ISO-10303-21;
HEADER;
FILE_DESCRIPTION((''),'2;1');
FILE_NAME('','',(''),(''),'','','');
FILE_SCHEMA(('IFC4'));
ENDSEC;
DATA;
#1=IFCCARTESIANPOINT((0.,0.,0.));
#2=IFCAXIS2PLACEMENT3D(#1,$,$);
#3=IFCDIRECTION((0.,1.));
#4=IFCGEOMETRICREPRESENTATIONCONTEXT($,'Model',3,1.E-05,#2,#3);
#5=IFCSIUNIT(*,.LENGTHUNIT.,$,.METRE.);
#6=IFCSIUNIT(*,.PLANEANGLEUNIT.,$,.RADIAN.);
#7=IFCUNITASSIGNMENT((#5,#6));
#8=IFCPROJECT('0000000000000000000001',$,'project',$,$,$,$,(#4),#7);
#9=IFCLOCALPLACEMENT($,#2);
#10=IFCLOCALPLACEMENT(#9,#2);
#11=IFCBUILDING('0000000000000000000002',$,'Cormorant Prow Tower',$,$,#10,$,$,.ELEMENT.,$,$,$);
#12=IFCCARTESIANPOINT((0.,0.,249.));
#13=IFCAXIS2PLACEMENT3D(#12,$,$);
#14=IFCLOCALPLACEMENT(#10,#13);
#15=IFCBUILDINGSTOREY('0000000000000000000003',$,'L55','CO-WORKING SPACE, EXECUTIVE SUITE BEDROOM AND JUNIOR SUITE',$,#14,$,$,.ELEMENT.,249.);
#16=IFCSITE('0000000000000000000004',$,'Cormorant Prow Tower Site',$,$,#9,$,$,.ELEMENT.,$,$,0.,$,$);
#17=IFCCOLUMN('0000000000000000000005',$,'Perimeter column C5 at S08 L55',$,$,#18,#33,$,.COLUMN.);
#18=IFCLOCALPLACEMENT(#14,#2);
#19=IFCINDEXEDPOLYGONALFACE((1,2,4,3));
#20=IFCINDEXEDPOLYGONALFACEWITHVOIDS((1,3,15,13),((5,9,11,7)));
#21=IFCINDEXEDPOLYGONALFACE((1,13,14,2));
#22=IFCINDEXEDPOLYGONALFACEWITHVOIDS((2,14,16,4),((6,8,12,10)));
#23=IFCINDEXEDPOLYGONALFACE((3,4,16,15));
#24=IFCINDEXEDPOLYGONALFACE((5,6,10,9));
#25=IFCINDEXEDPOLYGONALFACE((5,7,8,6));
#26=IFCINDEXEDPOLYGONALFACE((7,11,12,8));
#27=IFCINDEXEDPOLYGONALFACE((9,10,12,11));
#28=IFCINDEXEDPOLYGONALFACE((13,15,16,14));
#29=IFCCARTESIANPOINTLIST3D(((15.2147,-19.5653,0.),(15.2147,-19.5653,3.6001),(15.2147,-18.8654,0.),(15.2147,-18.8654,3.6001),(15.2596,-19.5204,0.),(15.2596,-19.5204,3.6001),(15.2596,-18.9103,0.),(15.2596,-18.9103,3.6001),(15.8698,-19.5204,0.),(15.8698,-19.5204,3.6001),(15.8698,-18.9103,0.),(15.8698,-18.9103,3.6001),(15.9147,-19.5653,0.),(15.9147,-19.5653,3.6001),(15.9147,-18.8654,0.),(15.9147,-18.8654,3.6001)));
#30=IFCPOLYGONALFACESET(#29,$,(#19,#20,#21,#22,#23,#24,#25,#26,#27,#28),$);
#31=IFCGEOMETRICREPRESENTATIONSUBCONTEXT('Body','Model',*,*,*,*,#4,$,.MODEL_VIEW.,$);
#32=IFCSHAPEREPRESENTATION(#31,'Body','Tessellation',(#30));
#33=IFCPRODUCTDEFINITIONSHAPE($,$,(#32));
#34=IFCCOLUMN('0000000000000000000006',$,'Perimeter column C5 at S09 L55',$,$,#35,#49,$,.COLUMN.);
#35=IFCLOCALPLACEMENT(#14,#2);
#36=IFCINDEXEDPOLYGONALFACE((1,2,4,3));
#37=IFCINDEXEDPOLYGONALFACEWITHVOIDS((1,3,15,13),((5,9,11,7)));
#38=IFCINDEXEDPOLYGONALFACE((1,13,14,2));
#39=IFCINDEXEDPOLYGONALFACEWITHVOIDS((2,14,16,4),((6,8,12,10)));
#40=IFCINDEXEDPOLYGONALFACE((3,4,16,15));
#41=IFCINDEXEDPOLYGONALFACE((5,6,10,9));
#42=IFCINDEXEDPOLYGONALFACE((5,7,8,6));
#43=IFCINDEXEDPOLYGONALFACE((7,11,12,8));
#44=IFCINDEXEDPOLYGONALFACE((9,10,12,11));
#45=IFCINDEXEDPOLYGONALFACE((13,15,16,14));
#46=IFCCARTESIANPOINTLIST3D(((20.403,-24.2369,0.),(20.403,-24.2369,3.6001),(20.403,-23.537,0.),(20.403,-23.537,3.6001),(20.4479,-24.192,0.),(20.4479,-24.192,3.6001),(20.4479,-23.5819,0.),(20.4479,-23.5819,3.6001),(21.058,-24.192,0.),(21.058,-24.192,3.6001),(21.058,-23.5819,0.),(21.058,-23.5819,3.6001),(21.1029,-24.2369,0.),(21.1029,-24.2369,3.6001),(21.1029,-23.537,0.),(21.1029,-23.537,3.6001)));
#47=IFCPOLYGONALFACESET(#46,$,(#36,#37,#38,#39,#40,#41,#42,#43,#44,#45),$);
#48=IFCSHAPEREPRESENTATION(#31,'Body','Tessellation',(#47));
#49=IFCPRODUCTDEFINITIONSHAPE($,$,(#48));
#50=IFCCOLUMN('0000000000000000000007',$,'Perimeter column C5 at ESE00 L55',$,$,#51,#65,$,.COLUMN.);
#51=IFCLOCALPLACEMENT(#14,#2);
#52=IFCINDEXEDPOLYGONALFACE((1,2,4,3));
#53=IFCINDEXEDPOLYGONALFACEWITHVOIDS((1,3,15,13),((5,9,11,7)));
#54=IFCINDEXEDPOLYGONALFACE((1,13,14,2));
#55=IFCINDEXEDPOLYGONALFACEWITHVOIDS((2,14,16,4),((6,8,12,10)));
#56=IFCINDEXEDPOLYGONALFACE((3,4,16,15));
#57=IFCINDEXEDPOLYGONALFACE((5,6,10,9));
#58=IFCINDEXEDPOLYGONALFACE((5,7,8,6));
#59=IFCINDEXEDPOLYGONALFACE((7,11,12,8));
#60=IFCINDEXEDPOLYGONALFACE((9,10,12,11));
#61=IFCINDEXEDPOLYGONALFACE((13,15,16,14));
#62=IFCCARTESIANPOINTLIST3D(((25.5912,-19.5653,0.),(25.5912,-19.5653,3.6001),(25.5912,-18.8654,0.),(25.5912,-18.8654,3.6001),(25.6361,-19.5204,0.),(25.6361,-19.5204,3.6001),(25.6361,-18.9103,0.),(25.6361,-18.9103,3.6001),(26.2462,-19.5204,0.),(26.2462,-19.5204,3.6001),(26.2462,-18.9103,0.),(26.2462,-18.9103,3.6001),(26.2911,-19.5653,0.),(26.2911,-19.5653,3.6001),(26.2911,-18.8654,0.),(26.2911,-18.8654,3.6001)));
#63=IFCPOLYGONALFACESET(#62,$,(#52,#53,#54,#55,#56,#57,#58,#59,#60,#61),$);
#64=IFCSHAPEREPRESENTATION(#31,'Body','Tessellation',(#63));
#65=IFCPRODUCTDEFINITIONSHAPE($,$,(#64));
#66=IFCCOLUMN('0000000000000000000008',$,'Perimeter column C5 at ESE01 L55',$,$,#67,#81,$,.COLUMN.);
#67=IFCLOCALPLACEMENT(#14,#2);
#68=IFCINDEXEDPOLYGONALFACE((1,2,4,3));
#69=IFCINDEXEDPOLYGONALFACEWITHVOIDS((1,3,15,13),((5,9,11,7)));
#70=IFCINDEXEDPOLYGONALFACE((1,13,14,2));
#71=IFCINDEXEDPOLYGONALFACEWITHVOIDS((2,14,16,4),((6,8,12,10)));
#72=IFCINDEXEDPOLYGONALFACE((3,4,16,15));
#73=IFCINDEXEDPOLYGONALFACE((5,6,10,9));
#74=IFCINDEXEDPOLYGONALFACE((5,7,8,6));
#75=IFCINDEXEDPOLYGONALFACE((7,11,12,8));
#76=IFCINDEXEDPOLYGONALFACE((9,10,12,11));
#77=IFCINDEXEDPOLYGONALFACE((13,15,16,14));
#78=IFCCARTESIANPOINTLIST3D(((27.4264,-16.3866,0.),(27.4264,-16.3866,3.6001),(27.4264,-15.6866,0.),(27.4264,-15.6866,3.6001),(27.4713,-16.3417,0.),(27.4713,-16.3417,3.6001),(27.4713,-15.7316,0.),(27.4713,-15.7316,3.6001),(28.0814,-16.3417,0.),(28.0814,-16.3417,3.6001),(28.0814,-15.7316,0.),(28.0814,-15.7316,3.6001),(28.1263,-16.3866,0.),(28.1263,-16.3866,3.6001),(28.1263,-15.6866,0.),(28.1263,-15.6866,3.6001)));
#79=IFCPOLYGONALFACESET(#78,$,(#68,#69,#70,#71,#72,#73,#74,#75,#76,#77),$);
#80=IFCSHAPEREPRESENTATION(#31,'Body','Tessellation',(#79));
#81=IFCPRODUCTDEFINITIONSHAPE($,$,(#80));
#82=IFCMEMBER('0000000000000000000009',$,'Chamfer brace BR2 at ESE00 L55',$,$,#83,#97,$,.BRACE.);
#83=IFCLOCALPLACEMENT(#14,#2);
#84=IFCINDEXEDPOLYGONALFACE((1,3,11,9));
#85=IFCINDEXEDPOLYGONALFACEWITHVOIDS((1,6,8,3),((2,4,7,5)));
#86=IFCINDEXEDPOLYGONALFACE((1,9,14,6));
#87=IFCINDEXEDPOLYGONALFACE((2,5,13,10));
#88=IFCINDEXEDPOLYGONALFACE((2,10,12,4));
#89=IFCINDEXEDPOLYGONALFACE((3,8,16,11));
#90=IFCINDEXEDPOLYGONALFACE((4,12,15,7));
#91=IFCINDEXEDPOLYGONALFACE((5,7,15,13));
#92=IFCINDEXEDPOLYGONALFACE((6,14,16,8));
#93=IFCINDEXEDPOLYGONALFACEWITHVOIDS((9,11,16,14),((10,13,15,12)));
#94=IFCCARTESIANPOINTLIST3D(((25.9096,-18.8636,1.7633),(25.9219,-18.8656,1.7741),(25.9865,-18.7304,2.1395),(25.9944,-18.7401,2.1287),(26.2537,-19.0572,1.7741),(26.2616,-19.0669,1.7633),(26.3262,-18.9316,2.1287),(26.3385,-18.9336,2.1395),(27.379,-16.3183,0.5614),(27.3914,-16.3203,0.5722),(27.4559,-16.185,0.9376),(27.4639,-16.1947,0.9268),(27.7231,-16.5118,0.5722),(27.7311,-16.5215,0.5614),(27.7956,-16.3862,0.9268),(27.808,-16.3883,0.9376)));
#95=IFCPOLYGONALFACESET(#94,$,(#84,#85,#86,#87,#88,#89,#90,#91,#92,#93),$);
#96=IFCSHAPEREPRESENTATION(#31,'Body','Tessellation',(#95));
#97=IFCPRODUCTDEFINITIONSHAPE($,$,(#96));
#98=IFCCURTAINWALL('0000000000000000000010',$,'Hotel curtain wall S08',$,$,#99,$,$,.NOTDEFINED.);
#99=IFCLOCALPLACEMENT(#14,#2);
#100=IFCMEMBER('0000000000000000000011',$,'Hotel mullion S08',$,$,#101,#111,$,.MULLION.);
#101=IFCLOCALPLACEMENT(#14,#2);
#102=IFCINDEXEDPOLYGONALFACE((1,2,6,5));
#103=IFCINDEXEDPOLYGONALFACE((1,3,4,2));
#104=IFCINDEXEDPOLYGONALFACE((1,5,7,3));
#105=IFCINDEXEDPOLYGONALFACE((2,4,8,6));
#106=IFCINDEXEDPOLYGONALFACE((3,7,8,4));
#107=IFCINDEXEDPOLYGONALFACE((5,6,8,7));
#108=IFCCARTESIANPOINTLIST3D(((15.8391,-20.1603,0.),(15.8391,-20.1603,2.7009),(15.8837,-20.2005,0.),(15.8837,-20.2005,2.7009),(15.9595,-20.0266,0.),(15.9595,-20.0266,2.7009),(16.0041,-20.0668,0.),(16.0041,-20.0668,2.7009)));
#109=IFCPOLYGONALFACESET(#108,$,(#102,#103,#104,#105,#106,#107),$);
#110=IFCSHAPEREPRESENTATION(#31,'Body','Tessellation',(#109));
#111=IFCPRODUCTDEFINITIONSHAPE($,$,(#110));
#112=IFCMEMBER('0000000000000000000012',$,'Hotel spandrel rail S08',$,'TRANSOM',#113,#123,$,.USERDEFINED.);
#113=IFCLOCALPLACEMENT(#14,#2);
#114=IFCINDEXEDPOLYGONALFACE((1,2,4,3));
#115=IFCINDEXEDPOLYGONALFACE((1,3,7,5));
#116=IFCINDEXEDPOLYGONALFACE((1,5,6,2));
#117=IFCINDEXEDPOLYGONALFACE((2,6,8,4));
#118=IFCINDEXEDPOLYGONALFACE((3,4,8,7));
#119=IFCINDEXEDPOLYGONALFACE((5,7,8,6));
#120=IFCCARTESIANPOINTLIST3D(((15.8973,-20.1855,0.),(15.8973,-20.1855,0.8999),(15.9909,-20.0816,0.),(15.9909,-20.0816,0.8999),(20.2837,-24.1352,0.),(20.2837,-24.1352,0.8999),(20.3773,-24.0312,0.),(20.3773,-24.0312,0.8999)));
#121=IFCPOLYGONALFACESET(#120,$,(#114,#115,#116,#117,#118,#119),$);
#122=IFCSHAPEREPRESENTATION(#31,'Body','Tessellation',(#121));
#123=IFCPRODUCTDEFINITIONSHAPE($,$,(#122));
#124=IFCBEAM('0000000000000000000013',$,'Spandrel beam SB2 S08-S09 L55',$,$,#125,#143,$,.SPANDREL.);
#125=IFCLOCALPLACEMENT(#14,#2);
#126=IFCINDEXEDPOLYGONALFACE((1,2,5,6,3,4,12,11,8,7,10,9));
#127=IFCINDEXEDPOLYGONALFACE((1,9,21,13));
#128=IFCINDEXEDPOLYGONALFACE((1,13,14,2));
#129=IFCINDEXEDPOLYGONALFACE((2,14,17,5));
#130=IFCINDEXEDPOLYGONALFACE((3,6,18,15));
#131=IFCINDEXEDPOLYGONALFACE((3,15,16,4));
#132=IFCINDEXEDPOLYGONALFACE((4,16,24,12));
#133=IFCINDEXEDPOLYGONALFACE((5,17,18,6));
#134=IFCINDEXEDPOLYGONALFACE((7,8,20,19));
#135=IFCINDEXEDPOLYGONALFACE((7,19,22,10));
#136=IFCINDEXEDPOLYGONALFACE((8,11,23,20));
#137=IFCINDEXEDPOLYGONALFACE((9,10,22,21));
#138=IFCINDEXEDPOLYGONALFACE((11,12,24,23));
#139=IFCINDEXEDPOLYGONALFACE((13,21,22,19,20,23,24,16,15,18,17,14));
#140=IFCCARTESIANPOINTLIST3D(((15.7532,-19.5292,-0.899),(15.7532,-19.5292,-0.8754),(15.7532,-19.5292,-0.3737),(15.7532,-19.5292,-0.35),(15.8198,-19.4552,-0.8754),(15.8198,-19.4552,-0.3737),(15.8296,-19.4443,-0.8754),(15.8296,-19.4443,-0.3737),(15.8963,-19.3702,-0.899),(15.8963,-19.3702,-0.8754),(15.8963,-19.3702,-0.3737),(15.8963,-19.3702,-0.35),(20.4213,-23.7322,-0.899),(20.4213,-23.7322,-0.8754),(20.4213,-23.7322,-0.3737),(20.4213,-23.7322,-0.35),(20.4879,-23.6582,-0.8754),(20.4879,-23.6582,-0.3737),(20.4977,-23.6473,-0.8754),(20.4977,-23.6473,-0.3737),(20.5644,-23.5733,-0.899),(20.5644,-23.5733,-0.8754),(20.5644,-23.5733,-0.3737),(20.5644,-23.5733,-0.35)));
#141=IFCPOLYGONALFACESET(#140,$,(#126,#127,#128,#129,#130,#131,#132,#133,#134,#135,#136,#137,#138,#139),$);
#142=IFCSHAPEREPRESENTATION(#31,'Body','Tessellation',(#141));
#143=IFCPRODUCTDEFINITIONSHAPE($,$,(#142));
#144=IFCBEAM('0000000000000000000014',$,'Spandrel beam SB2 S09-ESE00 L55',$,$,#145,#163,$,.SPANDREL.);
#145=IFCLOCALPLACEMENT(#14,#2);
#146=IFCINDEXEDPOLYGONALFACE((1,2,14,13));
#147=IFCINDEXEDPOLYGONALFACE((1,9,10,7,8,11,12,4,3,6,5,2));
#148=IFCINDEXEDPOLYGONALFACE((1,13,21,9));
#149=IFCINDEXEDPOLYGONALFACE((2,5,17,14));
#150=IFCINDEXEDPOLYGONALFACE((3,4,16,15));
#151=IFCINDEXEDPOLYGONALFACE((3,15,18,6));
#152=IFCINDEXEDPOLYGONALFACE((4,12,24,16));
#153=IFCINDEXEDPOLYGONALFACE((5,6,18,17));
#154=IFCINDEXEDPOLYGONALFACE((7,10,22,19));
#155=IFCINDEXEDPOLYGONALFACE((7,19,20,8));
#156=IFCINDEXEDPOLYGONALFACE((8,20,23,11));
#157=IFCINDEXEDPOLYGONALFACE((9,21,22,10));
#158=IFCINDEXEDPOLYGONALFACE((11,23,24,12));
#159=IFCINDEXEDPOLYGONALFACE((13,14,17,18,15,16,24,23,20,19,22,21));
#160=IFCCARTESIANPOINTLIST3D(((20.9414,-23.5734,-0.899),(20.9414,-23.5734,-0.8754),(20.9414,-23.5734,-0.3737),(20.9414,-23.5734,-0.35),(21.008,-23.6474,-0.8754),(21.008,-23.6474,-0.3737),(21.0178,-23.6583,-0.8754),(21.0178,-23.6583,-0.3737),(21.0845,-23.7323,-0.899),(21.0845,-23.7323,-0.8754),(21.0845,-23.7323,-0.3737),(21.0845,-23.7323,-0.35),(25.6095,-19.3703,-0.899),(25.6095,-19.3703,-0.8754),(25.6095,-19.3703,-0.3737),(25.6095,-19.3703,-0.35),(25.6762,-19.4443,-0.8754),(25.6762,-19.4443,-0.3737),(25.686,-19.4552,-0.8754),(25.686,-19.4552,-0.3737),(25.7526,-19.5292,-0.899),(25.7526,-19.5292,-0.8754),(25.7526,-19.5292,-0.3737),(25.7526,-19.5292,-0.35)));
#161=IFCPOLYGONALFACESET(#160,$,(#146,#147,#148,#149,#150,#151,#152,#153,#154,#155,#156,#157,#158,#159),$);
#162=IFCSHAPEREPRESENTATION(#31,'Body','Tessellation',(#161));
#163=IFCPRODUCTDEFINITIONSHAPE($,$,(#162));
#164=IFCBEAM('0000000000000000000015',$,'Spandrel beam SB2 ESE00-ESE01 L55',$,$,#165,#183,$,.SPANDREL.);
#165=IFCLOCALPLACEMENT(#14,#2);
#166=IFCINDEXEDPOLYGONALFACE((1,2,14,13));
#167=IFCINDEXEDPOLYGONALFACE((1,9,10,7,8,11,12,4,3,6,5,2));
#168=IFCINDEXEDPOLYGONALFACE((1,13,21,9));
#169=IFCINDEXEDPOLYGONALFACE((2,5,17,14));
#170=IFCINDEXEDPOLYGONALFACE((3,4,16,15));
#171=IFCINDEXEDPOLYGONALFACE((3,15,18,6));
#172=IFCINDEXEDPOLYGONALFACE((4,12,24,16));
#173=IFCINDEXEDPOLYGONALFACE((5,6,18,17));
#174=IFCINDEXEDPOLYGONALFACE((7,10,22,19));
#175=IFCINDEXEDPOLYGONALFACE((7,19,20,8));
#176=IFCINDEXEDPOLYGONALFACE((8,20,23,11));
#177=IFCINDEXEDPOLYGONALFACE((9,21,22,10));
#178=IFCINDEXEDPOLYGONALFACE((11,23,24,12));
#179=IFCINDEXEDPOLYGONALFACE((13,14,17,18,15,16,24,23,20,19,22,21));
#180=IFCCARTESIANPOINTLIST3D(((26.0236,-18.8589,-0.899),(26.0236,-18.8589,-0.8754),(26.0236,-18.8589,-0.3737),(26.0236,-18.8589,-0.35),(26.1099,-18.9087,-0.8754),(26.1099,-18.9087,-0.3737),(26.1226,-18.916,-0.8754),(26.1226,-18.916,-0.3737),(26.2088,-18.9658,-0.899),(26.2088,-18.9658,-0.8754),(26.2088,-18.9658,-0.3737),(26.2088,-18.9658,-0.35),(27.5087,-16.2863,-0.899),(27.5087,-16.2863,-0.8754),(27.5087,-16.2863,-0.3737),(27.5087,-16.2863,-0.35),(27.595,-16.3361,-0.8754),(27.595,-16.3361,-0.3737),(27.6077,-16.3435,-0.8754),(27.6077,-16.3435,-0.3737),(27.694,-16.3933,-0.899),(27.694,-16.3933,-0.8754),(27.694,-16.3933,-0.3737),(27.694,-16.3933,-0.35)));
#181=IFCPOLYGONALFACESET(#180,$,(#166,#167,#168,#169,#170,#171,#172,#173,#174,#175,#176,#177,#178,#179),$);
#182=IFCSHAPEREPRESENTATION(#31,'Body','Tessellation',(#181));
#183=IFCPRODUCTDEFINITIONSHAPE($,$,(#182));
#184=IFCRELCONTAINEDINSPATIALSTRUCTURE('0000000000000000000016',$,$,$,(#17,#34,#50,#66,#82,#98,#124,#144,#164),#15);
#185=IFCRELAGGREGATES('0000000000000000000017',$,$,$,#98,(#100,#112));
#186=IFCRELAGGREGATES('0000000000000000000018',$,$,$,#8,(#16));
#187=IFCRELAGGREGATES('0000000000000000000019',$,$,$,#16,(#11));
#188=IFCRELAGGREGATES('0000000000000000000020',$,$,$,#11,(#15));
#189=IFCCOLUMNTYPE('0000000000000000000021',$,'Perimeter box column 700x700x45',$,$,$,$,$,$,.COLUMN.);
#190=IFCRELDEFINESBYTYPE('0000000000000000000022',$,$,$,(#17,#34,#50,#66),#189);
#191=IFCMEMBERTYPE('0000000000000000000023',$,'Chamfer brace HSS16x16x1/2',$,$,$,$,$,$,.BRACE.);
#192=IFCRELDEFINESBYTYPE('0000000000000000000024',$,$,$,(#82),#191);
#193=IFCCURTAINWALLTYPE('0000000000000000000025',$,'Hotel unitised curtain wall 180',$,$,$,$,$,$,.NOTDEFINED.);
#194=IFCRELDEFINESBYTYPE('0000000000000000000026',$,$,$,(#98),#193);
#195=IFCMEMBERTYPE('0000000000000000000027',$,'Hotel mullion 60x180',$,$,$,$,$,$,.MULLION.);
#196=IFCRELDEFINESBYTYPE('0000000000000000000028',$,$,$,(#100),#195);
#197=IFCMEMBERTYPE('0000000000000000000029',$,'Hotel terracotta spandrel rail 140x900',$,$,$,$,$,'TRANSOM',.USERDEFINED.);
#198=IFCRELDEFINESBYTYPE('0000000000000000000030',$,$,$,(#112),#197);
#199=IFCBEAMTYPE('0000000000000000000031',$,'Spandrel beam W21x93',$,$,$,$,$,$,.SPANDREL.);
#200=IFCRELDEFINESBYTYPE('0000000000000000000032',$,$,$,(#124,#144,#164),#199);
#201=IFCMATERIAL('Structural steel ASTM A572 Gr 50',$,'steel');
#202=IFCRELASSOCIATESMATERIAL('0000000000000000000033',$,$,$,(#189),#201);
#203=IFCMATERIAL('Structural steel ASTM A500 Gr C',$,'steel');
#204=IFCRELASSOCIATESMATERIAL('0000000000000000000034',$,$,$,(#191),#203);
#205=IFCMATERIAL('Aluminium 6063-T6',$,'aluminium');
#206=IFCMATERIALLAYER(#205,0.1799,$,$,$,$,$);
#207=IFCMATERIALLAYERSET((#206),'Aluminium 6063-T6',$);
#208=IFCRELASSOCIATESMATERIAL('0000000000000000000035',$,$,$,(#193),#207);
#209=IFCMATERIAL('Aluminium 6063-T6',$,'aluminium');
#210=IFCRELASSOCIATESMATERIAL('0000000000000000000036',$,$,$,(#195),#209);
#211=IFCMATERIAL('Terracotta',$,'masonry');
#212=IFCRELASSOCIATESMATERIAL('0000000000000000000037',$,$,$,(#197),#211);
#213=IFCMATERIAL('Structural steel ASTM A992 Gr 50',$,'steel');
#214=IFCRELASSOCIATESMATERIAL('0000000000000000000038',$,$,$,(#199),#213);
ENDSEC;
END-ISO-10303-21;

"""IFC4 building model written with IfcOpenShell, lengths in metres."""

from ifc_helpers import new_model, si_unit, direction, frame, origin, origin_2d, place, context, subcontext, project, spatial, rectangle, hollow_rectangle, i_section, extrude, material, layer, layer_set, material_profile, profile_set, type_object, element, aggregate, save


model = new_model("IFC4")

# Units and contexts
model_context = context("Model", 3, precision=1e-05, world=origin(), true_north=direction((0.0, 1.0)))
body_context = subcontext(model_context, "Body", "Model", "MODEL_VIEW")
ifc_project = project(units=[si_unit("LENGTHUNIT", "METRE"), si_unit("PLANEANGLEUNIT", "RADIAN")], contexts=[model_context])

# Site, building, storey
site_placement = place(None, origin())
site = spatial("IfcSite", under=ifc_project, at=site_placement, Name="Cormorant Prow Tower Site", CompositionType="ELEMENT", RefElevation=0.0)
building_placement = place(site_placement, origin())
building = spatial("IfcBuilding", under=site, at=building_placement, Name="Cormorant Prow Tower", CompositionType="ELEMENT")
storey_placement = place(building_placement, frame((0.0, 0.0, 249.0)))
storey = spatial("IfcBuildingStorey", under=building, at=storey_placement, Name="L55", Description="CO-WORKING SPACE, EXECUTIVE SUITE BEDROOM AND JUNIOR SUITE", CompositionType="ELEMENT", Elevation=249.0)

# Columns
ifc_material_1 = material(Name="Structural steel ASTM A572 Gr 50", Category="steel")
ifc_material_profile_1 = material_profile(ifc_material_1, hollow_rectangle(XDim=0.7, YDim=0.7, WallThickness=0.0449, at=origin_2d()), Name="Box 700x700x45")
ifc_profile_set_1 = profile_set([ifc_material_profile_1], Name="Structural steel ASTM A572 Gr 50")
column_type = type_object("IfcColumnType", Name="Perimeter box column 700x700x45", PredefinedType="COLUMN", material=ifc_profile_set_1)
for number, where, z_axis, x_axis, name in (
    (1, (15.5647, -19.2153, 0.0), (0.0, 0.0, 1.0), (1.0, 0.0, 0.0), "Perimeter column C5 at S08 L55"),
    (2, (20.7529, -23.887, 0.0), (0.0, 0.0, 1.0), (1.0, 0.0, 0.0), "Perimeter column C5 at S09 L55"),
    (3, (25.9412, -19.2153, 0.0), (0.0, 0.0, 1.0), (1.0, 0.0, 0.0), "Perimeter column C5 at ESE00 L55"),
    (4, (27.7764, -16.0366, 0.0), (0.0, 0.0, 1.0), (1.0, 0.0, 0.0), "Perimeter column C5 at ESE01 L55"),
):
    element("IfcColumn", number, at=place(storey_placement, frame(where, z_axis=z_axis, x_axis=x_axis)), inside=storey, type_object=column_type, Name=name, PredefinedType="COLUMN", context=body_context, shape_type="SweptSolid", body=[
        extrude(hollow_rectangle(XDim=0.7, YDim=0.7, WallThickness=0.0449, at=origin_2d()), origin(), (0.0, 0.0, 1.0), 3.6001),
    ])

# Member
ifc_material_2 = material(Name="Structural steel ASTM A500 Gr C", Category="steel")
ifc_material_profile_2 = material_profile(ifc_material_2, hollow_rectangle(XDim=0.4065, YDim=0.4065, WallThickness=0.0117, at=origin_2d()), Name="HSS16x16x1/2")
ifc_profile_set_2 = profile_set([ifc_material_profile_2], Name="Structural steel ASTM A500 Gr C")
member_type_1 = type_object("IfcMemberType", Name="Chamfer brace HSS16x16x1/2", PredefinedType="BRACE", material=ifc_profile_set_2)
member_1_placement = place(storey_placement, frame((27.5935, -16.3533, 0.7495), z_axis=(-0.462773, -0.801607, 0.378507), x_axis=(0.866042, -0.499972, 0.0)))
element("IfcMember", 5, at=member_1_placement, inside=storey, type_object=member_type_1, Name="Chamfer brace BR2 at ESE00 L55", PredefinedType="BRACE", context=body_context, shape_type="SweptSolid", body=[
    extrude(hollow_rectangle(XDim=0.4065, YDim=0.4065, WallThickness=0.0117, at=origin_2d()), origin(), (0.0, 0.0, 1.0), 3.1753),
])

# Curtain wall, members
ifc_material_3 = material(Name="Aluminium 6063-T6", Category="aluminium")
ifc_layer_1 = layer(ifc_material_3, 0.1799)
ifc_layer_set_1 = layer_set([ifc_layer_1], Name="Aluminium 6063-T6")
curtain_wall_type = type_object("IfcCurtainWallType", Name="Hotel unitised curtain wall 180", PredefinedType="NOTDEFINED", material=ifc_layer_set_1)
curtain_wall_placement = place(storey_placement, origin())
curtain_wall = element("IfcCurtainWall", 6, at=curtain_wall_placement, inside=storey, type_object=curtain_wall_type, Name="Hotel curtain wall S08", PredefinedType="NOTDEFINED")
ifc_material_4 = material(Name="Aluminium 6063-T6", Category="aluminium")
ifc_material_profile_3 = material_profile(ifc_material_4, rectangle(XDim=0.1799, YDim=0.0601, at=origin_2d()), Name="Hotel mullion 60x180")
ifc_profile_set_3 = profile_set([ifc_material_profile_3], Name="Aluminium 6063-T6")
member_type_2 = type_object("IfcMemberType", Name="Hotel mullion 60x180", PredefinedType="MULLION", material=ifc_profile_set_3)
member_2_placement = place(storey_placement, frame((15.9216, -20.1135, 0.0), z_axis=(0.0, 0.0, 1.0), x_axis=(0.669131, 0.743145, 0.0)))
member_2 = element("IfcMember", 7, at=member_2_placement, type_object=member_type_2, Name="Hotel mullion S08", PredefinedType="MULLION", context=body_context, shape_type="SweptSolid", body=[
    extrude(rectangle(XDim=0.1799, YDim=0.0601, at=origin_2d()), origin(), (0.0, 0.0, 1.0), 2.7009),
])
ifc_material_5 = material(Name="Terracotta", Category="masonry")
ifc_material_profile_4 = material_profile(ifc_material_5, rectangle(XDim=0.1399, YDim=0.8999, at=origin_2d()), Name="Hotel terracotta spandrel rail 140x900")
ifc_profile_set_4 = profile_set([ifc_material_profile_4], Name="Terracotta")
member_type_3 = type_object("IfcMemberType", Name="Hotel terracotta spandrel rail 140x900", ElementType="TRANSOM", PredefinedType="USERDEFINED", material=ifc_profile_set_4)
member_3_placement = place(storey_placement, frame((15.9441, -20.1335, 0.45), z_axis=(0.743136, -0.669141, 0.0), x_axis=(0.669141, 0.743136, 0.0)))
member_3 = element("IfcMember", 8, at=member_3_placement, type_object=member_type_3, Name="Hotel spandrel rail S08", ObjectType="TRANSOM", PredefinedType="USERDEFINED", context=body_context, shape_type="SweptSolid", body=[
    extrude(rectangle(XDim=0.1399, YDim=0.8999, at=origin_2d()), origin(), (0.0, 0.0, 1.0), 5.9026),
])

# Beams
ifc_material_6 = material(Name="Structural steel ASTM A992 Gr 50", Category="steel")
ifc_material_profile_5 = material_profile(ifc_material_6, i_section(OverallWidth=0.2139, OverallDepth=0.5491, WebThickness=0.0146, FlangeThickness=0.0237, at=origin_2d()), Name="W21x93")
ifc_profile_set_5 = profile_set([ifc_material_profile_5], Name="Structural steel ASTM A992 Gr 50")
beam_type = type_object("IfcBeamType", Name="Spandrel beam W21x93", PredefinedType="SPANDREL", material=ifc_profile_set_5)
for number, where, z_axis, x_axis, name in (
    (9, (15.8247, -19.4497, -0.6245), (0.743157, -0.669117, 0.0), (0.669117, 0.743157, 0.0), "Spandrel beam SB2 S08-S09 L55"),
    (10, (21.0129, -23.6528, -0.6245), (0.743157, 0.669117, 0.0), (-0.669117, 0.743157, 0.0), "Spandrel beam SB2 S09-ESE00 L55"),
):
    element("IfcBeam", number, at=place(storey_placement, frame(where, z_axis=z_axis, x_axis=x_axis)), inside=storey, type_object=beam_type, Name=name, PredefinedType="SPANDREL", context=body_context, shape_type="SweptSolid", body=[
        extrude(i_section(OverallWidth=0.2139, OverallDepth=0.5491, WebThickness=0.0146, FlangeThickness=0.0237, at=origin_2d()), origin(), (0.0, 0.0, 1.0), 6.2815),
    ])
for number, where, z_axis, x_axis, name in (
    (11, (26.1162, -18.9124, -0.6245), (0.499967, 0.866045, 0.0), (-0.866045, 0.499967, 0.0), "Spandrel beam SB2 ESE00-ESE01 L55"),
):
    element("IfcBeam", number, at=place(storey_placement, frame(where, z_axis=z_axis, x_axis=x_axis)), inside=storey, type_object=beam_type, Name=name, PredefinedType="SPANDREL", context=body_context, shape_type="SweptSolid", body=[
        extrude(i_section(OverallWidth=0.2139, OverallDepth=0.5491, WebThickness=0.0146, FlangeThickness=0.0237, at=origin_2d()), origin(), (0.0, 0.0, 1.0), 2.9705),
    ])

aggregate(curtain_wall, [member_2, member_3])

save(model, "model.ifc")
